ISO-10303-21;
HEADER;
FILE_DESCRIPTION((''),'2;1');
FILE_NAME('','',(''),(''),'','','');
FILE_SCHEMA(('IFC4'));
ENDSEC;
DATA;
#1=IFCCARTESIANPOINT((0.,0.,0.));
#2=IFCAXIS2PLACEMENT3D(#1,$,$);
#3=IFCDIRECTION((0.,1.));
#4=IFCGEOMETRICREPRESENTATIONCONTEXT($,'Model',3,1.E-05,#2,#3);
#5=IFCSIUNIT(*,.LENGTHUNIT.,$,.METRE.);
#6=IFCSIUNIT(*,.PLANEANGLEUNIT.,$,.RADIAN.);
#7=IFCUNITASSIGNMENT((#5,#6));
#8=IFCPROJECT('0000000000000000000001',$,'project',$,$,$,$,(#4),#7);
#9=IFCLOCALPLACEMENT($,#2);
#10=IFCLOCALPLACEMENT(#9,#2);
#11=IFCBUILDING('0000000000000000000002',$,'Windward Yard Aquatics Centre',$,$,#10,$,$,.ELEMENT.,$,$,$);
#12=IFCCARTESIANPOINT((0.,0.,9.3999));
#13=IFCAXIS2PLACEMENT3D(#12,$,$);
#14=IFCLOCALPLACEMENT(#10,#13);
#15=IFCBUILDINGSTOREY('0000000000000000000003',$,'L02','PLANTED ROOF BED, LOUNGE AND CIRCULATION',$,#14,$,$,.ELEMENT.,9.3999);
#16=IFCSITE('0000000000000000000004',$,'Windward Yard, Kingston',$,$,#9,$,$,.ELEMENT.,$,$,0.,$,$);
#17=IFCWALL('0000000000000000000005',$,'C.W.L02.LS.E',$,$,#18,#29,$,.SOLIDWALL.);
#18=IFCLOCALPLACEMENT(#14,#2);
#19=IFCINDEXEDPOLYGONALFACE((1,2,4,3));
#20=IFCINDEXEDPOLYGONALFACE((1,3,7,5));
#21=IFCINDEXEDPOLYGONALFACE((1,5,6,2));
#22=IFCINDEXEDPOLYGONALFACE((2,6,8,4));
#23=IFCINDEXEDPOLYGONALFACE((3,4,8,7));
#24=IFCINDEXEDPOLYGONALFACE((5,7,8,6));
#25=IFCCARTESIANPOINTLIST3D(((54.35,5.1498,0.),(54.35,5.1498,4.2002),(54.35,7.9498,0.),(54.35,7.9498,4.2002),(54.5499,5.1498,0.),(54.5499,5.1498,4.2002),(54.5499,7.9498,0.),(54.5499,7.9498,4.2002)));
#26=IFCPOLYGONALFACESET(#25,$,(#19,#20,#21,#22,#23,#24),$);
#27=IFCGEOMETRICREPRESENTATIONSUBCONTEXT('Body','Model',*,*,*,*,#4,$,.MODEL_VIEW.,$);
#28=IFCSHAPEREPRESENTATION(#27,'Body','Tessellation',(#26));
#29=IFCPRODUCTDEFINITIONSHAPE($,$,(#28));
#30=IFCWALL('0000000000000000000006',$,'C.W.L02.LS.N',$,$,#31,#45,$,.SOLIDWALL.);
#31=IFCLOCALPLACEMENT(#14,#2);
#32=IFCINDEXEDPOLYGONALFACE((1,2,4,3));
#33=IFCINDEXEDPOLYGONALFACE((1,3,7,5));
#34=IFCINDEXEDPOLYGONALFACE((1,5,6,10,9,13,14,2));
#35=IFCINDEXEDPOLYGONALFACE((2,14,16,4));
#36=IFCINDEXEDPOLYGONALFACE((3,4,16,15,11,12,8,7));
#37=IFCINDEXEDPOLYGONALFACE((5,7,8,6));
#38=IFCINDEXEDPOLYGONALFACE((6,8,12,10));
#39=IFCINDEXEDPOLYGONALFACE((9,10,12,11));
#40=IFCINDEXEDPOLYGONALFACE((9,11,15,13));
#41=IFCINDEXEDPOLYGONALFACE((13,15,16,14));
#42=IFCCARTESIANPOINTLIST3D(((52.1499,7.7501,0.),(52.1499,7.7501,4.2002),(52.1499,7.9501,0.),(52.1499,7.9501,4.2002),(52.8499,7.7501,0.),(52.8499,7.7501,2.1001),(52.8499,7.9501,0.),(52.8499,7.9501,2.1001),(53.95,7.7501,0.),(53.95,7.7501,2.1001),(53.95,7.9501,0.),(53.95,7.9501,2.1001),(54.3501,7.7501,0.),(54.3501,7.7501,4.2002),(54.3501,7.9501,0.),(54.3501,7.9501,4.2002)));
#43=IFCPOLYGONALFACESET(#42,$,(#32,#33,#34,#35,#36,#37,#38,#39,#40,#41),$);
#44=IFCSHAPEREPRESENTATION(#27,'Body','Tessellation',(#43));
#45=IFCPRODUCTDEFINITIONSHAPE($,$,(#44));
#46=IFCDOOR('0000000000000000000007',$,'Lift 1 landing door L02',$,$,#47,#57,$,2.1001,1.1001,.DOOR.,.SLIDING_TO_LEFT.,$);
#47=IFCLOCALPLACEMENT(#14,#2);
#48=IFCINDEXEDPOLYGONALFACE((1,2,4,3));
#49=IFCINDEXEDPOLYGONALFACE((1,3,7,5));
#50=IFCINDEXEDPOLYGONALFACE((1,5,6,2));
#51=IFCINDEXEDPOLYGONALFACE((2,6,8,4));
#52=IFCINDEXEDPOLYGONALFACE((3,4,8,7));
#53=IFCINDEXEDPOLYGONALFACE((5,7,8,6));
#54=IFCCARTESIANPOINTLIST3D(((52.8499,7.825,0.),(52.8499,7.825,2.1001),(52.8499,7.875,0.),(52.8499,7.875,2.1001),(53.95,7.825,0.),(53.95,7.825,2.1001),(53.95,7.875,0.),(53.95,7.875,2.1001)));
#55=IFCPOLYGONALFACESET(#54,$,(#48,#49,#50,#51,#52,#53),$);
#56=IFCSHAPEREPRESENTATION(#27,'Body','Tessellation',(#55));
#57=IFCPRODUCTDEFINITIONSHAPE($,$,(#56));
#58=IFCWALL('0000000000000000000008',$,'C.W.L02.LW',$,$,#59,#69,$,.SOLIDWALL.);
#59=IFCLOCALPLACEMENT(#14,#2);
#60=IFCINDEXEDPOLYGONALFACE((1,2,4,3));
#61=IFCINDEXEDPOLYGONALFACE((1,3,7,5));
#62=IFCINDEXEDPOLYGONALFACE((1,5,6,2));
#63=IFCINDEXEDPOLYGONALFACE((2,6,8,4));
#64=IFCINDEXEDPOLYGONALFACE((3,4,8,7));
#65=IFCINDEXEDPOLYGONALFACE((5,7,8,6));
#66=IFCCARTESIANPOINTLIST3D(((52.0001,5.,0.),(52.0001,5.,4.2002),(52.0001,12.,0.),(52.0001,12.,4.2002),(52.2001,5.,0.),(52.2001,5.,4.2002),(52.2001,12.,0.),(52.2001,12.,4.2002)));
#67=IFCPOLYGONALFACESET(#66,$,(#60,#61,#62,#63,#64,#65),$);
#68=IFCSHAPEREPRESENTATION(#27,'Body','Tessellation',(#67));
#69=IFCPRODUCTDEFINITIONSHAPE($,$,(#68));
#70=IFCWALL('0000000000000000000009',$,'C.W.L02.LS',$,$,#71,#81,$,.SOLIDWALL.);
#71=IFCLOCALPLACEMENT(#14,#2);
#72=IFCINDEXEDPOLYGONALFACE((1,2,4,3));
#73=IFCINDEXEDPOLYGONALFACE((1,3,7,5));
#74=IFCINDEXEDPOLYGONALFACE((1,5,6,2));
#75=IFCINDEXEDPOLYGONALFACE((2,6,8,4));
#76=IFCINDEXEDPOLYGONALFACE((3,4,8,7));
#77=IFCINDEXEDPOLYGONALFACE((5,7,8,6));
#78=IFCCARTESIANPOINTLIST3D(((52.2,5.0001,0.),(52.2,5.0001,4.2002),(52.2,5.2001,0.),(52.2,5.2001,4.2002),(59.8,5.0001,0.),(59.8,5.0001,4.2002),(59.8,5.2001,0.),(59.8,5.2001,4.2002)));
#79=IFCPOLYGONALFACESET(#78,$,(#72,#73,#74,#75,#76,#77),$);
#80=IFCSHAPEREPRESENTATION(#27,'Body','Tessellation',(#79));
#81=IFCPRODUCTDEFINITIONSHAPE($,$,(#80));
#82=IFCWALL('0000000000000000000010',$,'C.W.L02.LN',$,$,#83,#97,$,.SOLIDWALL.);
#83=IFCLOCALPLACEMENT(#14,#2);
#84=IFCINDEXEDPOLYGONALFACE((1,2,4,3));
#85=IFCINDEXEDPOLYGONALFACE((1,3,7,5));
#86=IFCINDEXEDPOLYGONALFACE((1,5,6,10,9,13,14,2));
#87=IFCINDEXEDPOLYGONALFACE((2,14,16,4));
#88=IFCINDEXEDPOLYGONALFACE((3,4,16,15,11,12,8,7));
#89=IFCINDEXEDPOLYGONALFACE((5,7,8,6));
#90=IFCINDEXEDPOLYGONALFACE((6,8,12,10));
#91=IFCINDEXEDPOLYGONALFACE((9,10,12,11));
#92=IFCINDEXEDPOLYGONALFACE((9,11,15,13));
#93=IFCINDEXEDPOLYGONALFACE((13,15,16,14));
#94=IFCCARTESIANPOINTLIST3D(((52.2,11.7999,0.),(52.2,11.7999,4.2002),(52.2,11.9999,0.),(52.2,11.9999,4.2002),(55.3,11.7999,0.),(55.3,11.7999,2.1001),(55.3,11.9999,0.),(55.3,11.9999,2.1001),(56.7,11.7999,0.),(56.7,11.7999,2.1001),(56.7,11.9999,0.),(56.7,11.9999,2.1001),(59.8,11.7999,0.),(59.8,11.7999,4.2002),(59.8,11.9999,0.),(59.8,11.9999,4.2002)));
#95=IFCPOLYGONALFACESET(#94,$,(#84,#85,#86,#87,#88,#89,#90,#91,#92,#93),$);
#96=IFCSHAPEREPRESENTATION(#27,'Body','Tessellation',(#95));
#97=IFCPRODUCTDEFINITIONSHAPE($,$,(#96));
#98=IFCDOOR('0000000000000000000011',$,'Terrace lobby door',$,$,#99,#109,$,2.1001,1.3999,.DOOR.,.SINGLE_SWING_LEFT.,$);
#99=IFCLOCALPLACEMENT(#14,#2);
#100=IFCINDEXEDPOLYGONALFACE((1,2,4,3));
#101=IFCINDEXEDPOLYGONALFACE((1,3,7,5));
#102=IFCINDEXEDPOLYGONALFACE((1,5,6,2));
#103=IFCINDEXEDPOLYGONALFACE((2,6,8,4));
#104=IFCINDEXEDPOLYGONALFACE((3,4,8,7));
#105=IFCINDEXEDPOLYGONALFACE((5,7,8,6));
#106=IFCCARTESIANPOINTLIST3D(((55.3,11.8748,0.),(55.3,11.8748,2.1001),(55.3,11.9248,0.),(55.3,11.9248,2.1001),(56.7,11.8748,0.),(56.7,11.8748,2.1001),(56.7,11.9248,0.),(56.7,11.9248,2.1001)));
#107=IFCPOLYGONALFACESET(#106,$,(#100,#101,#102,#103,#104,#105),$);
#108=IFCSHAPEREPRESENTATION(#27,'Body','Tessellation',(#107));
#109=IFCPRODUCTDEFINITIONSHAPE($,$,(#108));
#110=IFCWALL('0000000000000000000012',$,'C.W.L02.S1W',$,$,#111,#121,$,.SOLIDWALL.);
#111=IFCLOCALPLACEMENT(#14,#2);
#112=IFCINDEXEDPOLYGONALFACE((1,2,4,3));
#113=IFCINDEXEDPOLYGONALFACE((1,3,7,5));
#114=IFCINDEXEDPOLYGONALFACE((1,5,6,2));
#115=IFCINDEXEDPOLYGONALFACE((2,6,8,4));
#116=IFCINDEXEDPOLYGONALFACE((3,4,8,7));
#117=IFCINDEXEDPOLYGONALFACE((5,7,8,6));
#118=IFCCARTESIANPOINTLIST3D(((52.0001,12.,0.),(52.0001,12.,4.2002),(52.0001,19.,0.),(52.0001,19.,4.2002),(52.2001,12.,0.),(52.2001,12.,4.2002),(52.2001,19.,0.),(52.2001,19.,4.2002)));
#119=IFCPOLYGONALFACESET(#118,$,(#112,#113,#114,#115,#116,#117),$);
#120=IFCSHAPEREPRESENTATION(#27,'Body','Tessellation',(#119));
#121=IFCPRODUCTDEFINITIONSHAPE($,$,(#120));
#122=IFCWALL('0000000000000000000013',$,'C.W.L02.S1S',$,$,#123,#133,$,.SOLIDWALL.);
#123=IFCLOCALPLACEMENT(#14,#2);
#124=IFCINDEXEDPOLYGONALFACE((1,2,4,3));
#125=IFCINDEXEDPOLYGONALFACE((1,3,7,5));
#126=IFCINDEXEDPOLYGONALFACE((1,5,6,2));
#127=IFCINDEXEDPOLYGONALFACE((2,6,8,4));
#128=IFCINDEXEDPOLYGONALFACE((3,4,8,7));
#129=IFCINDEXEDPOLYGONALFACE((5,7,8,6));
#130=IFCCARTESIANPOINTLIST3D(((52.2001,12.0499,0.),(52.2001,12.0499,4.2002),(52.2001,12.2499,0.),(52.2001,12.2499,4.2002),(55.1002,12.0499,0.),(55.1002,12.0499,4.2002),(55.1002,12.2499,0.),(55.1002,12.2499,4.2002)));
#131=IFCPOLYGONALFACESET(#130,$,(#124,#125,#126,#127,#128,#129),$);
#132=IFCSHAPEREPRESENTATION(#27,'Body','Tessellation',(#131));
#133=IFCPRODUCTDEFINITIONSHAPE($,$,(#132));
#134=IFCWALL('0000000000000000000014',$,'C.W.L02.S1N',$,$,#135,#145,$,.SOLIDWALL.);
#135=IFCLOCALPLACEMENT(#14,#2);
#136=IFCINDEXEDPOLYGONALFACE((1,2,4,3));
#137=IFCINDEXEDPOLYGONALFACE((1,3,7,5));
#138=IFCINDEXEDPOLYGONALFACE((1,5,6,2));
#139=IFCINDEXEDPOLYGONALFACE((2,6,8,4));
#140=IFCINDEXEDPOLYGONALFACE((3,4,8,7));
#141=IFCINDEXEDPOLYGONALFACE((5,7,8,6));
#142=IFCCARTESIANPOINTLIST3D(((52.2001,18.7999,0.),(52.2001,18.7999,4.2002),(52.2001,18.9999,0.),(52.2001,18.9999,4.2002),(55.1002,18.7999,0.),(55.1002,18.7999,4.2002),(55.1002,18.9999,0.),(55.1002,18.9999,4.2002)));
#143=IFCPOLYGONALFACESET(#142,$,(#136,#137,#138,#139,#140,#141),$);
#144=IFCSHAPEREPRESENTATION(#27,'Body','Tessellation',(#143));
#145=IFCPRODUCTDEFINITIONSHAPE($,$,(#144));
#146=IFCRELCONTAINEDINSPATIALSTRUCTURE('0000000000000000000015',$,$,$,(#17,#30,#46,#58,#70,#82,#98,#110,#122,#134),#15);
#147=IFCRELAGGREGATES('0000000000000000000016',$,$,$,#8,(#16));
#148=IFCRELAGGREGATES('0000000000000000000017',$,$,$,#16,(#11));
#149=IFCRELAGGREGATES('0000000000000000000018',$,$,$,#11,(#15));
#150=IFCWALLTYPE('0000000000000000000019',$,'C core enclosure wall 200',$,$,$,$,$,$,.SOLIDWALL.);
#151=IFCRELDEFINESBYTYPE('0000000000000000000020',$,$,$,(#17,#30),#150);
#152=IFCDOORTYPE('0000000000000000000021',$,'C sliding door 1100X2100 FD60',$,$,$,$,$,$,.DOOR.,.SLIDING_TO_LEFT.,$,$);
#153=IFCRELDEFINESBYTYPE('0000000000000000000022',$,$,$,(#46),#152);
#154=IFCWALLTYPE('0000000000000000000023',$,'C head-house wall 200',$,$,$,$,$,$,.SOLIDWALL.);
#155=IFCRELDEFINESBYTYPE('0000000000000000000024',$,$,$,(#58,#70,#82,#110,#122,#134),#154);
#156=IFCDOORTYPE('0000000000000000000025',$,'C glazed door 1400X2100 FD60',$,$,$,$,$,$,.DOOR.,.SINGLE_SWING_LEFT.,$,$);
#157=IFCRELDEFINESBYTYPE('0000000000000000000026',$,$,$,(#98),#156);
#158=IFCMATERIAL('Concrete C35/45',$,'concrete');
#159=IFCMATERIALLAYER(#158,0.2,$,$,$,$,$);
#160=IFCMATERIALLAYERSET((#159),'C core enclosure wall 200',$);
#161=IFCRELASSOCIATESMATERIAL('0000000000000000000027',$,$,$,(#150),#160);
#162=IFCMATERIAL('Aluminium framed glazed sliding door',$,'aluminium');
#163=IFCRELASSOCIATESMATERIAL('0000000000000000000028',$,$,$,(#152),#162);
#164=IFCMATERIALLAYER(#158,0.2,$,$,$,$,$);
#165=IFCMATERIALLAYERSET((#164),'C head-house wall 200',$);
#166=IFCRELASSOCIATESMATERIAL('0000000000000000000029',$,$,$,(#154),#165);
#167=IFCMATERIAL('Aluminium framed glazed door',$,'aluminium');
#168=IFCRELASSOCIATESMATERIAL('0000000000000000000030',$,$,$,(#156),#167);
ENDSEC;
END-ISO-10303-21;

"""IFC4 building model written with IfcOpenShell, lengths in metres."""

from ifc_helpers import new_model, si_unit, direction, frame, frame_2d, origin, place, context, subcontext, project, spatial, rectangle, extrude, material, layer, layer_set, type_object, element, fill, save


model = new_model("IFC4")

# Units and contexts
model_context = context("Model", 3, precision=1e-05, world=origin(), true_north=direction((0.0, 1.0)))
body_context = subcontext(model_context, "Body", "Model", "MODEL_VIEW")
ifc_project = project(units=[si_unit("LENGTHUNIT", "METRE"), si_unit("PLANEANGLEUNIT", "RADIAN")], contexts=[model_context])

# Site, building, storey
site_placement = place(None, origin())
site = spatial("IfcSite", under=ifc_project, at=site_placement, Name="Windward Yard, Kingston", CompositionType="ELEMENT", RefElevation=0.0)
building_placement = place(site_placement, origin())
building = spatial("IfcBuilding", under=site, at=building_placement, Name="Windward Yard Aquatics Centre", CompositionType="ELEMENT")
storey_placement = place(building_placement, frame((0.0, 0.0, 9.3999)))
storey = spatial("IfcBuildingStorey", under=building, at=storey_placement, Name="L02", Description="PLANTED ROOF BED, LOUNGE AND CIRCULATION", CompositionType="ELEMENT", Elevation=9.3999)

# Wall
ifc_material_1 = material(Name="Concrete C35/45", Category="concrete")
ifc_layer_1 = layer(ifc_material_1, 0.2)
ifc_layer_set_1 = layer_set([ifc_layer_1], Name="C core enclosure wall 200")
wall_type_1 = type_object("IfcWallType", Name="C core enclosure wall 200", PredefinedType="SOLIDWALL", material=ifc_layer_set_1)
wall_1_placement = place(storey_placement, frame((54.45, 5.1499, 0.0), z_axis=(0.0, 0.0, 1.0), x_axis=(0.0, 1.0, 0.0)))
element("IfcWall", 1, at=wall_1_placement, inside=storey, type_object=wall_type_1, Name="C.W.L02.LS.E", PredefinedType="SOLIDWALL", context=body_context, shape_type="SweptSolid", body=[
    extrude(rectangle(XDim=2.8, YDim=0.2, at=frame_2d((1.3999, 0.0))), origin(), (0.0, 0.0, 1.0), 4.2002),
])

# Wall, opening, door
wall_2_placement = place(storey_placement, frame((52.1499, 7.8501, 0.0), z_axis=(0.0, 0.0, 1.0), x_axis=(1.0, 0.0, 0.0)))
wall_2 = element("IfcWall", 2, at=wall_2_placement, inside=storey, type_object=wall_type_1, Name="C.W.L02.LS.N", PredefinedType="SOLIDWALL", context=body_context, shape_type="SweptSolid", body=[
    extrude(rectangle(XDim=2.2002, YDim=0.2, at=frame_2d((1.1001, 0.0))), origin(), (0.0, 0.0, 1.0), 4.2002),
])
opening_1_placement = place(wall_2_placement, frame((0.7, 0.0, 0.0)))
opening_1 = element("IfcOpeningElement", 3, at=opening_1_placement, cuts=wall_2, PredefinedType="OPENING", context=body_context, shape_type="SweptSolid", body=[
    extrude(rectangle(XDim=1.1001, YDim=2.1001, at=frame_2d((0.55, 1.05))), frame((0.0, 0.1099, 0.0), z_axis=(0.0, -1.0, 0.0), x_axis=(1.0, 0.0, 0.0)), (0.0, 0.0, 1.0), 0.22),
])
ifc_material_2 = material(Name="Aluminium framed glazed sliding door", Category="aluminium")
door_type_1 = type_object("IfcDoorType", Name="C sliding door 1100X2100 FD60", OperationType="SLIDING_TO_LEFT", PredefinedType="DOOR", material=ifc_material_2)
door_1_placement = place(opening_1_placement, origin())
door_1 = element("IfcDoor", 4, at=door_1_placement, inside=storey, type_object=door_type_1, Name="Lift 1 landing door L02", OperationType="SLIDING_TO_LEFT", OverallHeight=2.1001, OverallWidth=1.1001, PredefinedType="DOOR", context=body_context, shape_type="SweptSolid", body=[
    extrude(rectangle(XDim=1.1001, YDim=2.1001, at=frame_2d((0.55, 1.05))), frame((0.0, 0.0249, 0.0), z_axis=(0.0, -1.0, 0.0), x_axis=(1.0, 0.0, 0.0)), (0.0, 0.0, 1.0), 0.05),
])
fill(opening_1, door_1)

# Walls
ifc_layer_2 = layer(ifc_material_1, 0.2)
ifc_layer_set_2 = layer_set([ifc_layer_2], Name="C head-house wall 200")
wall_type_2 = type_object("IfcWallType", Name="C head-house wall 200", PredefinedType="SOLIDWALL", material=ifc_layer_set_2)
wall_3_placement = place(storey_placement, frame((52.1001, 5.0, 0.0), z_axis=(0.0, 0.0, 1.0), x_axis=(0.0, 1.0, 0.0)))
element("IfcWall", 5, at=wall_3_placement, inside=storey, type_object=wall_type_2, Name="C.W.L02.LW", PredefinedType="SOLIDWALL", context=body_context, shape_type="SweptSolid", body=[
    extrude(rectangle(XDim=7.0, YDim=0.2, at=frame_2d((3.5, 0.0))), origin(), (0.0, 0.0, 1.0), 4.2002),
])
wall_4_placement = place(storey_placement, frame((52.2, 5.1001, 0.0), z_axis=(0.0, 0.0, 1.0), x_axis=(1.0, 0.0, 0.0)))
element("IfcWall", 6, at=wall_4_placement, inside=storey, type_object=wall_type_2, Name="C.W.L02.LS", PredefinedType="SOLIDWALL", context=body_context, shape_type="SweptSolid", body=[
    extrude(rectangle(XDim=7.6001, YDim=0.2, at=frame_2d((3.8, 0.0))), origin(), (0.0, 0.0, 1.0), 4.2002),
])

# Wall, opening, door
wall_5_placement = place(storey_placement, frame((52.2, 11.8999, 0.0), z_axis=(0.0, 0.0, 1.0), x_axis=(1.0, 0.0, 0.0)))
wall_5 = element("IfcWall", 7, at=wall_5_placement, inside=storey, type_object=wall_type_2, Name="C.W.L02.LN", PredefinedType="SOLIDWALL", context=body_context, shape_type="SweptSolid", body=[
    extrude(rectangle(XDim=7.6001, YDim=0.2, at=frame_2d((3.8, 0.0))), origin(), (0.0, 0.0, 1.0), 4.2002),
])
opening_2_placement = place(wall_5_placement, frame((3.1001, 0.0, 0.0)))
opening_2 = element("IfcOpeningElement", 8, at=opening_2_placement, cuts=wall_5, PredefinedType="OPENING", context=body_context, shape_type="SweptSolid", body=[
    extrude(rectangle(XDim=1.3999, YDim=2.1001, at=frame_2d((0.7, 1.05))), frame((0.0, 0.1099, 0.0), z_axis=(0.0, -1.0, 0.0), x_axis=(1.0, 0.0, 0.0)), (0.0, 0.0, 1.0), 0.22),
])
ifc_material_3 = material(Name="Aluminium framed glazed door", Category="aluminium")
door_type_2 = type_object("IfcDoorType", Name="C glazed door 1400X2100 FD60", OperationType="SINGLE_SWING_LEFT", PredefinedType="DOOR", material=ifc_material_3)
door_2_placement = place(opening_2_placement, origin())
door_2 = element("IfcDoor", 9, at=door_2_placement, inside=storey, type_object=door_type_2, Name="Terrace lobby door", OperationType="SINGLE_SWING_LEFT", OverallHeight=2.1001, OverallWidth=1.3999, PredefinedType="DOOR", context=body_context, shape_type="SweptSolid", body=[
    extrude(rectangle(XDim=1.3999, YDim=2.1001, at=frame_2d((0.7, 1.05))), frame((0.0, 0.0249, 0.0), z_axis=(0.0, -1.0, 0.0), x_axis=(1.0, 0.0, 0.0)), (0.0, 0.0, 1.0), 0.05),
])
fill(opening_2, door_2)

# Walls
wall_6_placement = place(storey_placement, frame((52.1001, 12.0, 0.0), z_axis=(0.0, 0.0, 1.0), x_axis=(0.0, 1.0, 0.0)))
element("IfcWall", 10, at=wall_6_placement, inside=storey, type_object=wall_type_2, Name="C.W.L02.S1W", PredefinedType="SOLIDWALL", context=body_context, shape_type="SweptSolid", body=[
    extrude(rectangle(XDim=7.0, YDim=0.2, at=frame_2d((3.5, 0.0))), origin(), (0.0, 0.0, 1.0), 4.2002),
])
for number, where, z_axis, x_axis, name in (
    (11, (52.2, 12.1499, 0.0), (0.0, 0.0, 1.0), (1.0, 0.0, 0.0), "C.W.L02.S1S"),
    (12, (52.2, 18.8999, 0.0), (0.0, 0.0, 1.0), (1.0, 0.0, 0.0), "C.W.L02.S1N"),
):
    element("IfcWall", number, at=place(storey_placement, frame(where, z_axis=z_axis, x_axis=x_axis)), inside=storey, type_object=wall_type_2, Name=name, PredefinedType="SOLIDWALL", context=body_context, shape_type="SweptSolid", body=[
        extrude(rectangle(XDim=2.9001, YDim=0.2, at=frame_2d((1.4502, 0.0))), origin(), (0.0, 0.0, 1.0), 4.2002),
    ])

save(model, "model.ifc")
